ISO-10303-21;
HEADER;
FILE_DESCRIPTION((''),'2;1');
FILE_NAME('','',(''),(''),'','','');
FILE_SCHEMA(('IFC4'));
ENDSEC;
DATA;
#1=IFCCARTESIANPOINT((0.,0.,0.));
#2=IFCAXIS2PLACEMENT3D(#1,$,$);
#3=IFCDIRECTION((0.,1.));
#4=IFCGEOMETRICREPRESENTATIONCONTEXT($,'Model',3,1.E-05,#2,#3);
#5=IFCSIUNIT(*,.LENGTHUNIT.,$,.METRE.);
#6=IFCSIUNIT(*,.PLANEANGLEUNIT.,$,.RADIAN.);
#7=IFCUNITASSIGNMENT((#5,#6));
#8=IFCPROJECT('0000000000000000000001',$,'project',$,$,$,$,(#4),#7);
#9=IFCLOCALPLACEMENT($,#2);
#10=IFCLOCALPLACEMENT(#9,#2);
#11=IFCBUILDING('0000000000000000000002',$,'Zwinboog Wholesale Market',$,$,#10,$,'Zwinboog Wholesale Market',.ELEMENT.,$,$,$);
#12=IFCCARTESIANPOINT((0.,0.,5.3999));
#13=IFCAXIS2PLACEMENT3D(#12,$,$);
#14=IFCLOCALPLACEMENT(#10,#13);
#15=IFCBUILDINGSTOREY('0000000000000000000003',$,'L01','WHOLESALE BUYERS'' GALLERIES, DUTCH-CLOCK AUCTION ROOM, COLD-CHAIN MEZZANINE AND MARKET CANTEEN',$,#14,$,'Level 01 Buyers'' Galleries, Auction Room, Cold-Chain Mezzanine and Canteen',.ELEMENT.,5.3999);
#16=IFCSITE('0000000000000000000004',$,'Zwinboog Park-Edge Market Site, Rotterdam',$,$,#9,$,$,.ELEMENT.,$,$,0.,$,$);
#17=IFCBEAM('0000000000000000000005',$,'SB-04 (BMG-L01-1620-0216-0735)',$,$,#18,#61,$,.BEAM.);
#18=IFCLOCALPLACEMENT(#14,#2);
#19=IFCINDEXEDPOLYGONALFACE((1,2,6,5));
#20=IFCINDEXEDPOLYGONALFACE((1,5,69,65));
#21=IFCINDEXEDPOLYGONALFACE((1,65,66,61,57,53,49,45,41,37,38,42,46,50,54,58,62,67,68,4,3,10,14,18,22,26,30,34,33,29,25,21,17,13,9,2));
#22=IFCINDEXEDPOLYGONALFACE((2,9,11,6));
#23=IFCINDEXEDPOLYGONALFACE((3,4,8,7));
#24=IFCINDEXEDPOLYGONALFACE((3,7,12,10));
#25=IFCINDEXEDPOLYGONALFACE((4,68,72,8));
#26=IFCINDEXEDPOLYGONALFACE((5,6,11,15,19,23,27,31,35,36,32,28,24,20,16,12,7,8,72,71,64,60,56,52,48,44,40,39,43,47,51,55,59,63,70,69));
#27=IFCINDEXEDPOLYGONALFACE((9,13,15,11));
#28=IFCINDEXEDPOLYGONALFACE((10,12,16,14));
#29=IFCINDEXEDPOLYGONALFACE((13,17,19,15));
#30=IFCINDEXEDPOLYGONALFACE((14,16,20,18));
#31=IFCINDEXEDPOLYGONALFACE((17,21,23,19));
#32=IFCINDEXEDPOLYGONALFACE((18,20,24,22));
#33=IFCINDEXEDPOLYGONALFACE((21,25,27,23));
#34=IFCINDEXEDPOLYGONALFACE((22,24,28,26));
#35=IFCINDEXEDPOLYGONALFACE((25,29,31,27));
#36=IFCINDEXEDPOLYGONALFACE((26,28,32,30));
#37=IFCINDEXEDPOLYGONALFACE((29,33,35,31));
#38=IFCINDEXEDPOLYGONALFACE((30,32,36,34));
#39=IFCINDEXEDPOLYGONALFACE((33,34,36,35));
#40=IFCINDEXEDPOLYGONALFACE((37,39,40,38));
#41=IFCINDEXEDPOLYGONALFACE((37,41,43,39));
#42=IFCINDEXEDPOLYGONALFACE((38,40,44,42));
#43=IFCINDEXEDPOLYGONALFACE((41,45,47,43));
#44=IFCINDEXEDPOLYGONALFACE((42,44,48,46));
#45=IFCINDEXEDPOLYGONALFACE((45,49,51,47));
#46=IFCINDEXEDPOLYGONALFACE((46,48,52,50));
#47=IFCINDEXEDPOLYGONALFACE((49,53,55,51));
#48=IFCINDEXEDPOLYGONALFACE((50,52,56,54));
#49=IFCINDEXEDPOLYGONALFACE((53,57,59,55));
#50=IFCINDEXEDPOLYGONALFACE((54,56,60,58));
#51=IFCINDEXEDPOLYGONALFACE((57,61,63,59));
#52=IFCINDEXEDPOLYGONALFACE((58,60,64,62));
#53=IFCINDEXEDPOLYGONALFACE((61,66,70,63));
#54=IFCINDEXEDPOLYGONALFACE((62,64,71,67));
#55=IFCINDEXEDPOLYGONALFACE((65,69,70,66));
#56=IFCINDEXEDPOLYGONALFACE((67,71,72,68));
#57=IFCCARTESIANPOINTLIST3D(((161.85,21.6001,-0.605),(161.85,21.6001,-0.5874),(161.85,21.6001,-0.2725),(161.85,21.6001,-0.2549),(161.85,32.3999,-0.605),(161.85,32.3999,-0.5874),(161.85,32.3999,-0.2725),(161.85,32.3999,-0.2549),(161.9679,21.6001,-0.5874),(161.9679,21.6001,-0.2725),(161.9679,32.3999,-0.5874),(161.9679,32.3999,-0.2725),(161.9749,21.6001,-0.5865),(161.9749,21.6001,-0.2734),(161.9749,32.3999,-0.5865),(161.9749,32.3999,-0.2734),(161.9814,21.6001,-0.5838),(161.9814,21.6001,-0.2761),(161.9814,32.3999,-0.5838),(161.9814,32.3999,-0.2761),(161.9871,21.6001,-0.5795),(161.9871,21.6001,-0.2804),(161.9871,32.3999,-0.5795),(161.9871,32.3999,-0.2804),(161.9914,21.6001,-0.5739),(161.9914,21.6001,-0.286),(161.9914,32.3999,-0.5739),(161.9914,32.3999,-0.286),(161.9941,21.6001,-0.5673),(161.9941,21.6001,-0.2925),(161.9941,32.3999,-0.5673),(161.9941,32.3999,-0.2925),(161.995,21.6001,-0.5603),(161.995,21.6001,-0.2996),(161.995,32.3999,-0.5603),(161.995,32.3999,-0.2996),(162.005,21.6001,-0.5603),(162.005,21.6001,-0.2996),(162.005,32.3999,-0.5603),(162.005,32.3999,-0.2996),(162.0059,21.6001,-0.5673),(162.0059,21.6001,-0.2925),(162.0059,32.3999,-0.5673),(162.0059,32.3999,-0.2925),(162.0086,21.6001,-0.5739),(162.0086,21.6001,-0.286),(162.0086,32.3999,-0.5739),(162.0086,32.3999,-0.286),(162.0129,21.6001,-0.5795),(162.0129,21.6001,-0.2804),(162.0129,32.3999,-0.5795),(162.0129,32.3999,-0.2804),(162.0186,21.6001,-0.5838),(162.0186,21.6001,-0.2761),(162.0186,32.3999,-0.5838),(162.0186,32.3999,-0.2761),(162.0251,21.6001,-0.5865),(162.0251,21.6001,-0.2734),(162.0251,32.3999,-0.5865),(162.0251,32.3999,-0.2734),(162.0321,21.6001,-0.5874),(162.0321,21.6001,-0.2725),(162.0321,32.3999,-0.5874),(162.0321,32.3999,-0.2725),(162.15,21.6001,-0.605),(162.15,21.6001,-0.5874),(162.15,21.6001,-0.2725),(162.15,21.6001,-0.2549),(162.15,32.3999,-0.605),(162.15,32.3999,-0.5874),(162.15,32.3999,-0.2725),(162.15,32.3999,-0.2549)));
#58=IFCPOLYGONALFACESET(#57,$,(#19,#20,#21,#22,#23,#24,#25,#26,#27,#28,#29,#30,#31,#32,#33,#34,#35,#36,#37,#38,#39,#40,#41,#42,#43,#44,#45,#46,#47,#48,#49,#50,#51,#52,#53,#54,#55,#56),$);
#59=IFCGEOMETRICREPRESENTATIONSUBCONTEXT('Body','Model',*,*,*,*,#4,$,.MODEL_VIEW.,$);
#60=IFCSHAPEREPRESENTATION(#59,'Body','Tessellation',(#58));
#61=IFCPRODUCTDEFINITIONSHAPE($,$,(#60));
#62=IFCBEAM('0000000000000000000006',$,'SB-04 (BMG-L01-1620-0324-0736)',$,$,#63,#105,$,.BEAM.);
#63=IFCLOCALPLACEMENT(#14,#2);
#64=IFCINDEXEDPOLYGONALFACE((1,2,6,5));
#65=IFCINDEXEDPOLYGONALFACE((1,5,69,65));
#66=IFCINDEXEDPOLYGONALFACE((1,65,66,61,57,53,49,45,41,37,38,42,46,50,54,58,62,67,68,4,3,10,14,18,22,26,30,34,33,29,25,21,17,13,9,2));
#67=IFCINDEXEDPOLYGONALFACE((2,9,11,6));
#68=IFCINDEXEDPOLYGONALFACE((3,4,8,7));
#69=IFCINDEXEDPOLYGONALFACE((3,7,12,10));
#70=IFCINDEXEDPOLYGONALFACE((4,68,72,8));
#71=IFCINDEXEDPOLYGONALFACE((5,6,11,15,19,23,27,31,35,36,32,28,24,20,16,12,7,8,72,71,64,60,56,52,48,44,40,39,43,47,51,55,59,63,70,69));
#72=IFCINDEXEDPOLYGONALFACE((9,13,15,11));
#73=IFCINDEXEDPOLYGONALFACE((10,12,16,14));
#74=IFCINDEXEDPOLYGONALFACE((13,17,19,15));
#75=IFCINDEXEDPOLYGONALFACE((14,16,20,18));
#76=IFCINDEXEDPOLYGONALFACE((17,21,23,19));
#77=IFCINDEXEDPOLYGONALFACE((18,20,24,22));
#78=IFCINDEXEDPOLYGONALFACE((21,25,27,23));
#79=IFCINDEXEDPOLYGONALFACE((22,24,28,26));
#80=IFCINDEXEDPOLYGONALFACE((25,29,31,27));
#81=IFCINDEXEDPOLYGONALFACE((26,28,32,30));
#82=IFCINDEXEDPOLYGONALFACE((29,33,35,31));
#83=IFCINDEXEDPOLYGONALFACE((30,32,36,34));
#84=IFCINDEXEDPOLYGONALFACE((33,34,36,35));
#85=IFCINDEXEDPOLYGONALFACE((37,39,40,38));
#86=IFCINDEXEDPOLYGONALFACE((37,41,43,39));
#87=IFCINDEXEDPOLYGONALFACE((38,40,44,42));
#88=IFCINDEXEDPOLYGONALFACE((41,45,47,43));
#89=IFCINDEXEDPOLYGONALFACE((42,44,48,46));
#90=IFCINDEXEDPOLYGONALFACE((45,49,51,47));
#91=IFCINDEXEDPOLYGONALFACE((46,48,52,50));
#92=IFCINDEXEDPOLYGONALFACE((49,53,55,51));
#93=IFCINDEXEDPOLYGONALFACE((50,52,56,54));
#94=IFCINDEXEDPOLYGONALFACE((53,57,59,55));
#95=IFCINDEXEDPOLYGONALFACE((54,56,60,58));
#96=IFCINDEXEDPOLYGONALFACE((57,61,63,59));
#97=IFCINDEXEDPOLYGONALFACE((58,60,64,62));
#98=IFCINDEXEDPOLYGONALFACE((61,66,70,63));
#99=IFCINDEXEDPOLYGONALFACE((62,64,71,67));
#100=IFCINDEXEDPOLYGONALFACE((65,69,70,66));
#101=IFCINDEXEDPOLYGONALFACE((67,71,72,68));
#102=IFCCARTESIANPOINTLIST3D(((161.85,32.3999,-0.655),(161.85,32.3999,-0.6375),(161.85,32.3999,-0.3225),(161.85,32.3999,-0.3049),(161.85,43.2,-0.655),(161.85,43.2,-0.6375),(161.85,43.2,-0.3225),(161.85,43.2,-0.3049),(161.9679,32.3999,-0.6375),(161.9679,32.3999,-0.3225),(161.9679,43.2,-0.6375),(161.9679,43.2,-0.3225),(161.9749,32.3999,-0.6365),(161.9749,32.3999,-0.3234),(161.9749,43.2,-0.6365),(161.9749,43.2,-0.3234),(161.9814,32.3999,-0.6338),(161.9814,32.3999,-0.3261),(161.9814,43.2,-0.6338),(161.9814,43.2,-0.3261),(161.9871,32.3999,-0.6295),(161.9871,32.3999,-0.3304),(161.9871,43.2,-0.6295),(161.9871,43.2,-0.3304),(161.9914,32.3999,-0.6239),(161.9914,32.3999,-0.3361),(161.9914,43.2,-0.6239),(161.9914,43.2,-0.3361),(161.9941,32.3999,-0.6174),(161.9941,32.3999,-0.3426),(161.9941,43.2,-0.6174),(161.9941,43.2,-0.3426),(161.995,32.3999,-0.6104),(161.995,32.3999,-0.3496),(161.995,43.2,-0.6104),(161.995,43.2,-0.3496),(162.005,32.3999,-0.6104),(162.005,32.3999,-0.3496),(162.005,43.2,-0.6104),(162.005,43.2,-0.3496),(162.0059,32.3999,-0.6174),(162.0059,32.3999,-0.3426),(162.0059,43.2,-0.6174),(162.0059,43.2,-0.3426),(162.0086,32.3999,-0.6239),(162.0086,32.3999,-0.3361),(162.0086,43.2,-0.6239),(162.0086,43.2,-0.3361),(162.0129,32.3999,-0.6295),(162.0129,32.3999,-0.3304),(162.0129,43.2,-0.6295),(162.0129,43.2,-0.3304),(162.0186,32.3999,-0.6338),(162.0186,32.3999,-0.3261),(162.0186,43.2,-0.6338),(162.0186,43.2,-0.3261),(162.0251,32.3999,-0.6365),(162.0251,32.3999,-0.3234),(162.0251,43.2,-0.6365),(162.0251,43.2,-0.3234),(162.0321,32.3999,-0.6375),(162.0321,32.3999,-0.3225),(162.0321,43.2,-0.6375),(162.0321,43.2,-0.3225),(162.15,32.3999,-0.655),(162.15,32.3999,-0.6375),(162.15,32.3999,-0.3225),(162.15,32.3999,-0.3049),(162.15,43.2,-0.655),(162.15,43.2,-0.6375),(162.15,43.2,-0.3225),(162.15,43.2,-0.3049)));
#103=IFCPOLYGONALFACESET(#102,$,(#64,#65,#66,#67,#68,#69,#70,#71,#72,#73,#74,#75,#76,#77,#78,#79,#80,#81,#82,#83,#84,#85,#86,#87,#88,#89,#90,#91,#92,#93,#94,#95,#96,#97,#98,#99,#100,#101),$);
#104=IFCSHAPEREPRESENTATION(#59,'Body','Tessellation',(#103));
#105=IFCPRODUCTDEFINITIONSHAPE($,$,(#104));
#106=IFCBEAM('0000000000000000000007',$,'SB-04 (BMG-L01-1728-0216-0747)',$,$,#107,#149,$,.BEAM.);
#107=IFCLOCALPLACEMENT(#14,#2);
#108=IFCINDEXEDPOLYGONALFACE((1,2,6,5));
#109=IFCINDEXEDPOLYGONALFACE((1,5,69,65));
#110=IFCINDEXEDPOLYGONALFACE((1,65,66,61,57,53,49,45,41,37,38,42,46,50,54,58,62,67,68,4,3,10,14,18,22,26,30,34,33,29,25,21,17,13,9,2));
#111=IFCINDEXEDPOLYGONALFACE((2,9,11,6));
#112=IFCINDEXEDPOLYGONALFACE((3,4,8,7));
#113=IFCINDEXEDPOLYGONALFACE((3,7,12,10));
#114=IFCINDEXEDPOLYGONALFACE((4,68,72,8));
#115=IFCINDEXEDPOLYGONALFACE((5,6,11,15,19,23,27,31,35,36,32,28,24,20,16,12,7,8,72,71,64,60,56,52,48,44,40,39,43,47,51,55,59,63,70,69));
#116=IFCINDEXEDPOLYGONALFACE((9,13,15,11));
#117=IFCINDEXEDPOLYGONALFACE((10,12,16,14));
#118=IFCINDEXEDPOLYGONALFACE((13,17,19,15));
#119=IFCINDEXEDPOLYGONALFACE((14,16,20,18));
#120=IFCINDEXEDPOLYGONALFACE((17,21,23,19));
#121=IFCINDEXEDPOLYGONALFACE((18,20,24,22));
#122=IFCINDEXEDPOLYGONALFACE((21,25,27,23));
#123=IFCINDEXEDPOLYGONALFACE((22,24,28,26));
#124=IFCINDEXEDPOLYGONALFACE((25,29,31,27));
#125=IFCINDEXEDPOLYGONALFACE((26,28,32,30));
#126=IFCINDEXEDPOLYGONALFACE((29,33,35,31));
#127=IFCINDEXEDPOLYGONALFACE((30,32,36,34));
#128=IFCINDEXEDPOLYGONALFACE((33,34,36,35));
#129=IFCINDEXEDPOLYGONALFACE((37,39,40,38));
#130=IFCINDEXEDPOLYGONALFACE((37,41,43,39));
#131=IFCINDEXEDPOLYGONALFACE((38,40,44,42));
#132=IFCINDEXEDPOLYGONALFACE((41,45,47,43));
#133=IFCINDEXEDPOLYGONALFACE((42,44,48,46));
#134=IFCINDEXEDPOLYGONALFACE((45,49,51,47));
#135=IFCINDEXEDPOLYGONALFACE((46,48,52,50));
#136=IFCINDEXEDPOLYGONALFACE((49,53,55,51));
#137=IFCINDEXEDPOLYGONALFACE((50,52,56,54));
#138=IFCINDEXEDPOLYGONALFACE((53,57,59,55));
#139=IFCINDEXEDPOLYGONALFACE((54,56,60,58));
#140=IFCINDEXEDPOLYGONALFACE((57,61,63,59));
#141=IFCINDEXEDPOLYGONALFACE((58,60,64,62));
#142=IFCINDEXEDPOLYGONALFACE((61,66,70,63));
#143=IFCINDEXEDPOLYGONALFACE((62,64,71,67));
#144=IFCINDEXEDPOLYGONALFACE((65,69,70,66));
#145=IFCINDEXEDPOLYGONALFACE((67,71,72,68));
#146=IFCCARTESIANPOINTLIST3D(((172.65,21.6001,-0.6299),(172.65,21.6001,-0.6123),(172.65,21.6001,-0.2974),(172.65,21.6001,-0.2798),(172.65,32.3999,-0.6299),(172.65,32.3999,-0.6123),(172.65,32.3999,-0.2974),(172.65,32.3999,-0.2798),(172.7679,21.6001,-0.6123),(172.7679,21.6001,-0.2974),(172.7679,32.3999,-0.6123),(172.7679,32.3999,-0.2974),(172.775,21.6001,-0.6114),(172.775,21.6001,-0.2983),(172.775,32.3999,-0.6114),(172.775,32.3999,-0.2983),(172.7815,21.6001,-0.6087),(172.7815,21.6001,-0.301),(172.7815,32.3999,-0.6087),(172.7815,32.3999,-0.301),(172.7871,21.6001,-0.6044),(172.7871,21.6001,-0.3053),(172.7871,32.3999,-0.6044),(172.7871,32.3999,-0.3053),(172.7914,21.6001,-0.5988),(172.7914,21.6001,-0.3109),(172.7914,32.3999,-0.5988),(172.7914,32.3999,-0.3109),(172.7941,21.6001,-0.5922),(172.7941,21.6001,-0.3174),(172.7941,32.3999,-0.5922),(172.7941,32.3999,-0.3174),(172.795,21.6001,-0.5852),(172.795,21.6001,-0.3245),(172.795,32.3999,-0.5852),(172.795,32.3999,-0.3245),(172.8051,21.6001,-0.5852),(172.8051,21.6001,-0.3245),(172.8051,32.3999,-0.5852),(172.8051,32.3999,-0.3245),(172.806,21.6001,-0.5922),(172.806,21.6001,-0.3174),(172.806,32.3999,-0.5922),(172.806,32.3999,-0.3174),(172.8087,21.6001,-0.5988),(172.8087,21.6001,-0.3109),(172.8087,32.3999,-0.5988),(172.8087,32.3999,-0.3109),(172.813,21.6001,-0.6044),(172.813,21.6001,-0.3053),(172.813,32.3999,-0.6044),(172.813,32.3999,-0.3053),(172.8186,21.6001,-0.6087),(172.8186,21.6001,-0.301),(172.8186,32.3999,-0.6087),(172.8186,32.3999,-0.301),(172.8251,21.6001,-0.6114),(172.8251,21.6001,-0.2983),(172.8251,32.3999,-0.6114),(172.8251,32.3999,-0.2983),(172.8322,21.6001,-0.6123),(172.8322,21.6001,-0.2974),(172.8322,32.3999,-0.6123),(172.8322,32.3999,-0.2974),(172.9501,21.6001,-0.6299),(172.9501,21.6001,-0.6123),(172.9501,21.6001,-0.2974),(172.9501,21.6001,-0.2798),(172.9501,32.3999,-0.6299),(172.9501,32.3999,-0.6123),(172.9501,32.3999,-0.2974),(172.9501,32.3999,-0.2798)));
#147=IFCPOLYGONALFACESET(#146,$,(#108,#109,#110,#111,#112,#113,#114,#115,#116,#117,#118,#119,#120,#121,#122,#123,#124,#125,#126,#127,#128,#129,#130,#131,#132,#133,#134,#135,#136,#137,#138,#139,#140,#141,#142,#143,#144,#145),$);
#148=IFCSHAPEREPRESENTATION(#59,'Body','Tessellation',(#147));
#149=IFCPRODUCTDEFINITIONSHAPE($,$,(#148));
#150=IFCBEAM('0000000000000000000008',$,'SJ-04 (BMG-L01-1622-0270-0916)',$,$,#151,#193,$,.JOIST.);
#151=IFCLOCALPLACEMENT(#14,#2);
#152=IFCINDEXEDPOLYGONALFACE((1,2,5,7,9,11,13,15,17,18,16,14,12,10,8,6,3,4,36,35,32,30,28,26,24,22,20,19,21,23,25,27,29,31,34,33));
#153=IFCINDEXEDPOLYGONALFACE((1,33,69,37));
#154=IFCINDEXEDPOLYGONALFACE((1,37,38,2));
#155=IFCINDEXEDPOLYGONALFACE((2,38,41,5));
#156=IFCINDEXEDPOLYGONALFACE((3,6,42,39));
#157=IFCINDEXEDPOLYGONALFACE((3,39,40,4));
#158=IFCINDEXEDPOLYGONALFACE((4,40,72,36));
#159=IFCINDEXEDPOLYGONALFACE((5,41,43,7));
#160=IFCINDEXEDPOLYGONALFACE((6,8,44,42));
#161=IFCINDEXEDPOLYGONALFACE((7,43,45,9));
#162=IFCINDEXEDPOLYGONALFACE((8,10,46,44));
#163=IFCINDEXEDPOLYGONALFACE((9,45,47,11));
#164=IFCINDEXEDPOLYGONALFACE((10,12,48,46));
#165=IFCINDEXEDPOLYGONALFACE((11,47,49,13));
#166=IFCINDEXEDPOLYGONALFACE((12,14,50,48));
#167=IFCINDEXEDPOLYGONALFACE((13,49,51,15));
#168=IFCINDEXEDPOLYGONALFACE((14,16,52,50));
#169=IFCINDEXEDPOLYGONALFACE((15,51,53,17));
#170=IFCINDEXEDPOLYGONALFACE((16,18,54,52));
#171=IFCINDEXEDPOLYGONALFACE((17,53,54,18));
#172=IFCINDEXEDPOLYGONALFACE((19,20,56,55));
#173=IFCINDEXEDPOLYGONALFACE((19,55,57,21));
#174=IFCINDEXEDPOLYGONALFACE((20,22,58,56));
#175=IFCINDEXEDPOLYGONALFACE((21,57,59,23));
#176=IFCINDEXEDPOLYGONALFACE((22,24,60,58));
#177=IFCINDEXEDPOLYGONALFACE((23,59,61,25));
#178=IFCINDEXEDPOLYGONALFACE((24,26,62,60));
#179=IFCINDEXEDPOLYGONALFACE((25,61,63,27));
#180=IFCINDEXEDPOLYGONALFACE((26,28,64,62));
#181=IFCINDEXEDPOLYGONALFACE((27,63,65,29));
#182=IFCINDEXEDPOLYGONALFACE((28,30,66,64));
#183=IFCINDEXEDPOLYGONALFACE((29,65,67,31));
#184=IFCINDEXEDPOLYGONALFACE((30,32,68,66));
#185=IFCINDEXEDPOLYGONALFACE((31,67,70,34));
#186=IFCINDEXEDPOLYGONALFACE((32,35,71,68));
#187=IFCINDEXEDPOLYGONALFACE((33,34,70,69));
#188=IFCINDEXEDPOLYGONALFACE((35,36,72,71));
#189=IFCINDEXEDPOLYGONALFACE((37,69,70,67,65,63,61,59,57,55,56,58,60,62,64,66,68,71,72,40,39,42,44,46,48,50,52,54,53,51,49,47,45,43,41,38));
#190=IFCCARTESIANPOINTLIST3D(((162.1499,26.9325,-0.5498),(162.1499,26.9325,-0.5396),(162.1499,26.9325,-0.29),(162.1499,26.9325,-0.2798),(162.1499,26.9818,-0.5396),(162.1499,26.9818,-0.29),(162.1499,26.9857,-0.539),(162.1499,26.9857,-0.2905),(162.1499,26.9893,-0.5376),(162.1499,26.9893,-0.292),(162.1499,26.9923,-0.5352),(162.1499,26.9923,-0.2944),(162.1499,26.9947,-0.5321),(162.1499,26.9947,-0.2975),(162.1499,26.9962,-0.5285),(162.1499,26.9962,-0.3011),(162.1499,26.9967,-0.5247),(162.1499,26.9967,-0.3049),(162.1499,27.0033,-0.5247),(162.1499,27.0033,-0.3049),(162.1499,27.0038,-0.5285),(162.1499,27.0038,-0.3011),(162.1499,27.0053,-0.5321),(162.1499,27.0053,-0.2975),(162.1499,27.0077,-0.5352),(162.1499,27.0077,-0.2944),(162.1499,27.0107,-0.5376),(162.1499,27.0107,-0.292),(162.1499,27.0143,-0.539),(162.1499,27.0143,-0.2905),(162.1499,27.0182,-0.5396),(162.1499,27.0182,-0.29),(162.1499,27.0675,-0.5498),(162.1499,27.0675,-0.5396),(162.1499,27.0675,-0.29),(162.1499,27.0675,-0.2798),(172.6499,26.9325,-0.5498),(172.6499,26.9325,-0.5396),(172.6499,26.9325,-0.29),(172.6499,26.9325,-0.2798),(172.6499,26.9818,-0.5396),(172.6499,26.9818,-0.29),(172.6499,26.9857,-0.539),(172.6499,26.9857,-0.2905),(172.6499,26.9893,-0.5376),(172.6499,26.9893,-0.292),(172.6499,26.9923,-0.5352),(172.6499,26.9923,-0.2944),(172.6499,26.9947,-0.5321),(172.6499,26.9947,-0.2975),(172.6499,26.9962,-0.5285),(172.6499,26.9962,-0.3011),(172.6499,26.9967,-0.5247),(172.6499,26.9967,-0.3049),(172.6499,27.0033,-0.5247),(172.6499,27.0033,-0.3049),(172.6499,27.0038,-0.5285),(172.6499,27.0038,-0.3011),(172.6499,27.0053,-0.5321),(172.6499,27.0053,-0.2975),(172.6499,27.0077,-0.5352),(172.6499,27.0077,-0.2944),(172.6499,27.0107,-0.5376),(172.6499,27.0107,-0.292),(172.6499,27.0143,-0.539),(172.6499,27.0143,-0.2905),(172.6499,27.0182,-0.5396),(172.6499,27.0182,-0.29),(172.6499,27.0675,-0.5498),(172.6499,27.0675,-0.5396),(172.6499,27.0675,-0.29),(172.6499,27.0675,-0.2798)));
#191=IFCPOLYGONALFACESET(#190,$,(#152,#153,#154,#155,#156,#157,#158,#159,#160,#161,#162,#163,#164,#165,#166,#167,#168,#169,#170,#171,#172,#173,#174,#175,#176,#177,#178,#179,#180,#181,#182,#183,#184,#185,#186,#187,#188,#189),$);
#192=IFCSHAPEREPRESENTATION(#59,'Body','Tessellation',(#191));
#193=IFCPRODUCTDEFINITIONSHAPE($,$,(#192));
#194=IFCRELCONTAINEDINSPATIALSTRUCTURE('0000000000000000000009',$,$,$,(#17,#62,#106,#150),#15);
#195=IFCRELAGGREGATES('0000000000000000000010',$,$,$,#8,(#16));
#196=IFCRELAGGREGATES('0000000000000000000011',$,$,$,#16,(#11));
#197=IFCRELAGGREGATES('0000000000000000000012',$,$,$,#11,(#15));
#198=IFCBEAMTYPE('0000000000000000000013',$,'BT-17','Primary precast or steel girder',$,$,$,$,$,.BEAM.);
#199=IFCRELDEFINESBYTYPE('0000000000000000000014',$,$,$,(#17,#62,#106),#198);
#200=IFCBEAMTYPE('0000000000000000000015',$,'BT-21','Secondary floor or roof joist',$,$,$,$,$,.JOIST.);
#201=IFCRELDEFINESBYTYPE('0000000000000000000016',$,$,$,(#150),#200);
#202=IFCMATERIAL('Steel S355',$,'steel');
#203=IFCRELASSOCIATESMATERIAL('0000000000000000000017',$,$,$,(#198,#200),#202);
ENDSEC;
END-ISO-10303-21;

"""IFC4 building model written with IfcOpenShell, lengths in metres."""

from ifc_helpers import new_model, si_unit, direction, frame, origin, origin_2d, place, context, subcontext, project, spatial, i_section, extrude, material, material_profile, profile_set, type_object, element, save


model = new_model("IFC4")

# Units and contexts
model_context = context("Model", 3, precision=1e-05, world=origin(), true_north=direction((0.0, 1.0)))
body_context = subcontext(model_context, "Body", "Model", "MODEL_VIEW")
ifc_project = project(units=[si_unit("LENGTHUNIT", "METRE"), si_unit("PLANEANGLEUNIT", "RADIAN")], contexts=[model_context])

# Site, building, storey
site_placement = place(None, origin())
site = spatial("IfcSite", under=ifc_project, at=site_placement, Name="Zwinboog Park-Edge Market Site, Rotterdam", CompositionType="ELEMENT", RefElevation=0.0)
building_placement = place(site_placement, origin())
building = spatial("IfcBuilding", under=site, at=building_placement, Name="Zwinboog Wholesale Market", LongName="Zwinboog Wholesale Market", CompositionType="ELEMENT")
storey_placement = place(building_placement, frame((0.0, 0.0, 5.3999)))
storey = spatial("IfcBuildingStorey", under=building, at=storey_placement, Name="L01", Description="WHOLESALE BUYERS' GALLERIES, DUTCH-CLOCK AUCTION ROOM, COLD-CHAIN MEZZANINE AND MARKET CANTEEN", LongName="Level 01 Buyers' Galleries, Auction Room, Cold-Chain Mezzanine and Canteen", CompositionType="ELEMENT", Elevation=5.3999)

# Beams
ifc_material_1 = material(Name="Steel S355", Category="steel")
ifc_material_profile_1 = material_profile(ifc_material_1, i_section(OverallWidth=0.3, OverallDepth=0.3501, WebThickness=0.01, FlangeThickness=0.0176, FilletRadius=0.0271, at=origin_2d()), Name="HEA 360")
ifc_profile_set_1 = profile_set([ifc_material_profile_1], Name="Steel S355")
beam_type_1 = type_object("IfcBeamType", Name="BT-17", Description="Primary precast or steel girder", PredefinedType="BEAM", material=ifc_profile_set_1)
beam_1_placement = place(storey_placement, frame((162.0, 21.6001, -0.4299), z_axis=(0.0, 1.0, 0.0), x_axis=(-1.0, 0.0, 0.0)))
element("IfcBeam", 1, at=beam_1_placement, inside=storey, type_object=beam_type_1, Name="SB-04 (BMG-L01-1620-0216-0735)", PredefinedType="BEAM", context=body_context, shape_type="SweptSolid", body=[
    extrude(i_section(OverallWidth=0.3, OverallDepth=0.3501, WebThickness=0.01, FlangeThickness=0.0176, FilletRadius=0.0271, at=origin_2d()), origin(), (0.0, 0.0, 1.0), 10.7998),
])
beam_2_placement = place(storey_placement, frame((162.0, 32.3999, -0.48), z_axis=(0.0, 1.0, 0.0), x_axis=(-1.0, 0.0, 0.0)))
element("IfcBeam", 2, at=beam_2_placement, inside=storey, type_object=beam_type_1, Name="SB-04 (BMG-L01-1620-0324-0736)", PredefinedType="BEAM", context=body_context, shape_type="SweptSolid", body=[
    extrude(i_section(OverallWidth=0.3, OverallDepth=0.3501, WebThickness=0.01, FlangeThickness=0.0176, FilletRadius=0.0271, at=origin_2d()), origin(), (0.0, 0.0, 1.0), 10.8),
])
beam_3_placement = place(storey_placement, frame((172.8, 21.6001, -0.4548), z_axis=(0.0, 1.0, 0.0), x_axis=(-1.0, 0.0, 0.0)))
element("IfcBeam", 3, at=beam_3_placement, inside=storey, type_object=beam_type_1, Name="SB-04 (BMG-L01-1728-0216-0747)", PredefinedType="BEAM", context=body_context, shape_type="SweptSolid", body=[
    extrude(i_section(OverallWidth=0.3, OverallDepth=0.3501, WebThickness=0.01, FlangeThickness=0.0176, FilletRadius=0.0271, at=origin_2d()), origin(), (0.0, 0.0, 1.0), 10.7998),
])
ifc_material_profile_2 = material_profile(ifc_material_1, i_section(OverallWidth=0.135, OverallDepth=0.27, WebThickness=0.0066, FlangeThickness=0.0103, FilletRadius=0.0149, at=origin_2d()), Name="IPE 270")
ifc_profile_set_2 = profile_set([ifc_material_profile_2], Name="Steel S355")
beam_type_2 = type_object("IfcBeamType", Name="BT-21", Description="Secondary floor or roof joist", PredefinedType="JOIST", material=ifc_profile_set_2)
beam_4_placement = place(storey_placement, frame((162.1499, 27.0, -0.4148), z_axis=(1.0, 0.0, 0.0), x_axis=(0.0, 1.0, 0.0)))
element("IfcBeam", 4, at=beam_4_placement, inside=storey, type_object=beam_type_2, Name="SJ-04 (BMG-L01-1622-0270-0916)", PredefinedType="JOIST", context=body_context, shape_type="SweptSolid", body=[
    extrude(i_section(OverallWidth=0.135, OverallDepth=0.27, WebThickness=0.0066, FlangeThickness=0.0103, FilletRadius=0.0149, at=origin_2d()), origin(), (0.0, 0.0, 1.0), 10.5),
])

save(model, "model.ifc")
